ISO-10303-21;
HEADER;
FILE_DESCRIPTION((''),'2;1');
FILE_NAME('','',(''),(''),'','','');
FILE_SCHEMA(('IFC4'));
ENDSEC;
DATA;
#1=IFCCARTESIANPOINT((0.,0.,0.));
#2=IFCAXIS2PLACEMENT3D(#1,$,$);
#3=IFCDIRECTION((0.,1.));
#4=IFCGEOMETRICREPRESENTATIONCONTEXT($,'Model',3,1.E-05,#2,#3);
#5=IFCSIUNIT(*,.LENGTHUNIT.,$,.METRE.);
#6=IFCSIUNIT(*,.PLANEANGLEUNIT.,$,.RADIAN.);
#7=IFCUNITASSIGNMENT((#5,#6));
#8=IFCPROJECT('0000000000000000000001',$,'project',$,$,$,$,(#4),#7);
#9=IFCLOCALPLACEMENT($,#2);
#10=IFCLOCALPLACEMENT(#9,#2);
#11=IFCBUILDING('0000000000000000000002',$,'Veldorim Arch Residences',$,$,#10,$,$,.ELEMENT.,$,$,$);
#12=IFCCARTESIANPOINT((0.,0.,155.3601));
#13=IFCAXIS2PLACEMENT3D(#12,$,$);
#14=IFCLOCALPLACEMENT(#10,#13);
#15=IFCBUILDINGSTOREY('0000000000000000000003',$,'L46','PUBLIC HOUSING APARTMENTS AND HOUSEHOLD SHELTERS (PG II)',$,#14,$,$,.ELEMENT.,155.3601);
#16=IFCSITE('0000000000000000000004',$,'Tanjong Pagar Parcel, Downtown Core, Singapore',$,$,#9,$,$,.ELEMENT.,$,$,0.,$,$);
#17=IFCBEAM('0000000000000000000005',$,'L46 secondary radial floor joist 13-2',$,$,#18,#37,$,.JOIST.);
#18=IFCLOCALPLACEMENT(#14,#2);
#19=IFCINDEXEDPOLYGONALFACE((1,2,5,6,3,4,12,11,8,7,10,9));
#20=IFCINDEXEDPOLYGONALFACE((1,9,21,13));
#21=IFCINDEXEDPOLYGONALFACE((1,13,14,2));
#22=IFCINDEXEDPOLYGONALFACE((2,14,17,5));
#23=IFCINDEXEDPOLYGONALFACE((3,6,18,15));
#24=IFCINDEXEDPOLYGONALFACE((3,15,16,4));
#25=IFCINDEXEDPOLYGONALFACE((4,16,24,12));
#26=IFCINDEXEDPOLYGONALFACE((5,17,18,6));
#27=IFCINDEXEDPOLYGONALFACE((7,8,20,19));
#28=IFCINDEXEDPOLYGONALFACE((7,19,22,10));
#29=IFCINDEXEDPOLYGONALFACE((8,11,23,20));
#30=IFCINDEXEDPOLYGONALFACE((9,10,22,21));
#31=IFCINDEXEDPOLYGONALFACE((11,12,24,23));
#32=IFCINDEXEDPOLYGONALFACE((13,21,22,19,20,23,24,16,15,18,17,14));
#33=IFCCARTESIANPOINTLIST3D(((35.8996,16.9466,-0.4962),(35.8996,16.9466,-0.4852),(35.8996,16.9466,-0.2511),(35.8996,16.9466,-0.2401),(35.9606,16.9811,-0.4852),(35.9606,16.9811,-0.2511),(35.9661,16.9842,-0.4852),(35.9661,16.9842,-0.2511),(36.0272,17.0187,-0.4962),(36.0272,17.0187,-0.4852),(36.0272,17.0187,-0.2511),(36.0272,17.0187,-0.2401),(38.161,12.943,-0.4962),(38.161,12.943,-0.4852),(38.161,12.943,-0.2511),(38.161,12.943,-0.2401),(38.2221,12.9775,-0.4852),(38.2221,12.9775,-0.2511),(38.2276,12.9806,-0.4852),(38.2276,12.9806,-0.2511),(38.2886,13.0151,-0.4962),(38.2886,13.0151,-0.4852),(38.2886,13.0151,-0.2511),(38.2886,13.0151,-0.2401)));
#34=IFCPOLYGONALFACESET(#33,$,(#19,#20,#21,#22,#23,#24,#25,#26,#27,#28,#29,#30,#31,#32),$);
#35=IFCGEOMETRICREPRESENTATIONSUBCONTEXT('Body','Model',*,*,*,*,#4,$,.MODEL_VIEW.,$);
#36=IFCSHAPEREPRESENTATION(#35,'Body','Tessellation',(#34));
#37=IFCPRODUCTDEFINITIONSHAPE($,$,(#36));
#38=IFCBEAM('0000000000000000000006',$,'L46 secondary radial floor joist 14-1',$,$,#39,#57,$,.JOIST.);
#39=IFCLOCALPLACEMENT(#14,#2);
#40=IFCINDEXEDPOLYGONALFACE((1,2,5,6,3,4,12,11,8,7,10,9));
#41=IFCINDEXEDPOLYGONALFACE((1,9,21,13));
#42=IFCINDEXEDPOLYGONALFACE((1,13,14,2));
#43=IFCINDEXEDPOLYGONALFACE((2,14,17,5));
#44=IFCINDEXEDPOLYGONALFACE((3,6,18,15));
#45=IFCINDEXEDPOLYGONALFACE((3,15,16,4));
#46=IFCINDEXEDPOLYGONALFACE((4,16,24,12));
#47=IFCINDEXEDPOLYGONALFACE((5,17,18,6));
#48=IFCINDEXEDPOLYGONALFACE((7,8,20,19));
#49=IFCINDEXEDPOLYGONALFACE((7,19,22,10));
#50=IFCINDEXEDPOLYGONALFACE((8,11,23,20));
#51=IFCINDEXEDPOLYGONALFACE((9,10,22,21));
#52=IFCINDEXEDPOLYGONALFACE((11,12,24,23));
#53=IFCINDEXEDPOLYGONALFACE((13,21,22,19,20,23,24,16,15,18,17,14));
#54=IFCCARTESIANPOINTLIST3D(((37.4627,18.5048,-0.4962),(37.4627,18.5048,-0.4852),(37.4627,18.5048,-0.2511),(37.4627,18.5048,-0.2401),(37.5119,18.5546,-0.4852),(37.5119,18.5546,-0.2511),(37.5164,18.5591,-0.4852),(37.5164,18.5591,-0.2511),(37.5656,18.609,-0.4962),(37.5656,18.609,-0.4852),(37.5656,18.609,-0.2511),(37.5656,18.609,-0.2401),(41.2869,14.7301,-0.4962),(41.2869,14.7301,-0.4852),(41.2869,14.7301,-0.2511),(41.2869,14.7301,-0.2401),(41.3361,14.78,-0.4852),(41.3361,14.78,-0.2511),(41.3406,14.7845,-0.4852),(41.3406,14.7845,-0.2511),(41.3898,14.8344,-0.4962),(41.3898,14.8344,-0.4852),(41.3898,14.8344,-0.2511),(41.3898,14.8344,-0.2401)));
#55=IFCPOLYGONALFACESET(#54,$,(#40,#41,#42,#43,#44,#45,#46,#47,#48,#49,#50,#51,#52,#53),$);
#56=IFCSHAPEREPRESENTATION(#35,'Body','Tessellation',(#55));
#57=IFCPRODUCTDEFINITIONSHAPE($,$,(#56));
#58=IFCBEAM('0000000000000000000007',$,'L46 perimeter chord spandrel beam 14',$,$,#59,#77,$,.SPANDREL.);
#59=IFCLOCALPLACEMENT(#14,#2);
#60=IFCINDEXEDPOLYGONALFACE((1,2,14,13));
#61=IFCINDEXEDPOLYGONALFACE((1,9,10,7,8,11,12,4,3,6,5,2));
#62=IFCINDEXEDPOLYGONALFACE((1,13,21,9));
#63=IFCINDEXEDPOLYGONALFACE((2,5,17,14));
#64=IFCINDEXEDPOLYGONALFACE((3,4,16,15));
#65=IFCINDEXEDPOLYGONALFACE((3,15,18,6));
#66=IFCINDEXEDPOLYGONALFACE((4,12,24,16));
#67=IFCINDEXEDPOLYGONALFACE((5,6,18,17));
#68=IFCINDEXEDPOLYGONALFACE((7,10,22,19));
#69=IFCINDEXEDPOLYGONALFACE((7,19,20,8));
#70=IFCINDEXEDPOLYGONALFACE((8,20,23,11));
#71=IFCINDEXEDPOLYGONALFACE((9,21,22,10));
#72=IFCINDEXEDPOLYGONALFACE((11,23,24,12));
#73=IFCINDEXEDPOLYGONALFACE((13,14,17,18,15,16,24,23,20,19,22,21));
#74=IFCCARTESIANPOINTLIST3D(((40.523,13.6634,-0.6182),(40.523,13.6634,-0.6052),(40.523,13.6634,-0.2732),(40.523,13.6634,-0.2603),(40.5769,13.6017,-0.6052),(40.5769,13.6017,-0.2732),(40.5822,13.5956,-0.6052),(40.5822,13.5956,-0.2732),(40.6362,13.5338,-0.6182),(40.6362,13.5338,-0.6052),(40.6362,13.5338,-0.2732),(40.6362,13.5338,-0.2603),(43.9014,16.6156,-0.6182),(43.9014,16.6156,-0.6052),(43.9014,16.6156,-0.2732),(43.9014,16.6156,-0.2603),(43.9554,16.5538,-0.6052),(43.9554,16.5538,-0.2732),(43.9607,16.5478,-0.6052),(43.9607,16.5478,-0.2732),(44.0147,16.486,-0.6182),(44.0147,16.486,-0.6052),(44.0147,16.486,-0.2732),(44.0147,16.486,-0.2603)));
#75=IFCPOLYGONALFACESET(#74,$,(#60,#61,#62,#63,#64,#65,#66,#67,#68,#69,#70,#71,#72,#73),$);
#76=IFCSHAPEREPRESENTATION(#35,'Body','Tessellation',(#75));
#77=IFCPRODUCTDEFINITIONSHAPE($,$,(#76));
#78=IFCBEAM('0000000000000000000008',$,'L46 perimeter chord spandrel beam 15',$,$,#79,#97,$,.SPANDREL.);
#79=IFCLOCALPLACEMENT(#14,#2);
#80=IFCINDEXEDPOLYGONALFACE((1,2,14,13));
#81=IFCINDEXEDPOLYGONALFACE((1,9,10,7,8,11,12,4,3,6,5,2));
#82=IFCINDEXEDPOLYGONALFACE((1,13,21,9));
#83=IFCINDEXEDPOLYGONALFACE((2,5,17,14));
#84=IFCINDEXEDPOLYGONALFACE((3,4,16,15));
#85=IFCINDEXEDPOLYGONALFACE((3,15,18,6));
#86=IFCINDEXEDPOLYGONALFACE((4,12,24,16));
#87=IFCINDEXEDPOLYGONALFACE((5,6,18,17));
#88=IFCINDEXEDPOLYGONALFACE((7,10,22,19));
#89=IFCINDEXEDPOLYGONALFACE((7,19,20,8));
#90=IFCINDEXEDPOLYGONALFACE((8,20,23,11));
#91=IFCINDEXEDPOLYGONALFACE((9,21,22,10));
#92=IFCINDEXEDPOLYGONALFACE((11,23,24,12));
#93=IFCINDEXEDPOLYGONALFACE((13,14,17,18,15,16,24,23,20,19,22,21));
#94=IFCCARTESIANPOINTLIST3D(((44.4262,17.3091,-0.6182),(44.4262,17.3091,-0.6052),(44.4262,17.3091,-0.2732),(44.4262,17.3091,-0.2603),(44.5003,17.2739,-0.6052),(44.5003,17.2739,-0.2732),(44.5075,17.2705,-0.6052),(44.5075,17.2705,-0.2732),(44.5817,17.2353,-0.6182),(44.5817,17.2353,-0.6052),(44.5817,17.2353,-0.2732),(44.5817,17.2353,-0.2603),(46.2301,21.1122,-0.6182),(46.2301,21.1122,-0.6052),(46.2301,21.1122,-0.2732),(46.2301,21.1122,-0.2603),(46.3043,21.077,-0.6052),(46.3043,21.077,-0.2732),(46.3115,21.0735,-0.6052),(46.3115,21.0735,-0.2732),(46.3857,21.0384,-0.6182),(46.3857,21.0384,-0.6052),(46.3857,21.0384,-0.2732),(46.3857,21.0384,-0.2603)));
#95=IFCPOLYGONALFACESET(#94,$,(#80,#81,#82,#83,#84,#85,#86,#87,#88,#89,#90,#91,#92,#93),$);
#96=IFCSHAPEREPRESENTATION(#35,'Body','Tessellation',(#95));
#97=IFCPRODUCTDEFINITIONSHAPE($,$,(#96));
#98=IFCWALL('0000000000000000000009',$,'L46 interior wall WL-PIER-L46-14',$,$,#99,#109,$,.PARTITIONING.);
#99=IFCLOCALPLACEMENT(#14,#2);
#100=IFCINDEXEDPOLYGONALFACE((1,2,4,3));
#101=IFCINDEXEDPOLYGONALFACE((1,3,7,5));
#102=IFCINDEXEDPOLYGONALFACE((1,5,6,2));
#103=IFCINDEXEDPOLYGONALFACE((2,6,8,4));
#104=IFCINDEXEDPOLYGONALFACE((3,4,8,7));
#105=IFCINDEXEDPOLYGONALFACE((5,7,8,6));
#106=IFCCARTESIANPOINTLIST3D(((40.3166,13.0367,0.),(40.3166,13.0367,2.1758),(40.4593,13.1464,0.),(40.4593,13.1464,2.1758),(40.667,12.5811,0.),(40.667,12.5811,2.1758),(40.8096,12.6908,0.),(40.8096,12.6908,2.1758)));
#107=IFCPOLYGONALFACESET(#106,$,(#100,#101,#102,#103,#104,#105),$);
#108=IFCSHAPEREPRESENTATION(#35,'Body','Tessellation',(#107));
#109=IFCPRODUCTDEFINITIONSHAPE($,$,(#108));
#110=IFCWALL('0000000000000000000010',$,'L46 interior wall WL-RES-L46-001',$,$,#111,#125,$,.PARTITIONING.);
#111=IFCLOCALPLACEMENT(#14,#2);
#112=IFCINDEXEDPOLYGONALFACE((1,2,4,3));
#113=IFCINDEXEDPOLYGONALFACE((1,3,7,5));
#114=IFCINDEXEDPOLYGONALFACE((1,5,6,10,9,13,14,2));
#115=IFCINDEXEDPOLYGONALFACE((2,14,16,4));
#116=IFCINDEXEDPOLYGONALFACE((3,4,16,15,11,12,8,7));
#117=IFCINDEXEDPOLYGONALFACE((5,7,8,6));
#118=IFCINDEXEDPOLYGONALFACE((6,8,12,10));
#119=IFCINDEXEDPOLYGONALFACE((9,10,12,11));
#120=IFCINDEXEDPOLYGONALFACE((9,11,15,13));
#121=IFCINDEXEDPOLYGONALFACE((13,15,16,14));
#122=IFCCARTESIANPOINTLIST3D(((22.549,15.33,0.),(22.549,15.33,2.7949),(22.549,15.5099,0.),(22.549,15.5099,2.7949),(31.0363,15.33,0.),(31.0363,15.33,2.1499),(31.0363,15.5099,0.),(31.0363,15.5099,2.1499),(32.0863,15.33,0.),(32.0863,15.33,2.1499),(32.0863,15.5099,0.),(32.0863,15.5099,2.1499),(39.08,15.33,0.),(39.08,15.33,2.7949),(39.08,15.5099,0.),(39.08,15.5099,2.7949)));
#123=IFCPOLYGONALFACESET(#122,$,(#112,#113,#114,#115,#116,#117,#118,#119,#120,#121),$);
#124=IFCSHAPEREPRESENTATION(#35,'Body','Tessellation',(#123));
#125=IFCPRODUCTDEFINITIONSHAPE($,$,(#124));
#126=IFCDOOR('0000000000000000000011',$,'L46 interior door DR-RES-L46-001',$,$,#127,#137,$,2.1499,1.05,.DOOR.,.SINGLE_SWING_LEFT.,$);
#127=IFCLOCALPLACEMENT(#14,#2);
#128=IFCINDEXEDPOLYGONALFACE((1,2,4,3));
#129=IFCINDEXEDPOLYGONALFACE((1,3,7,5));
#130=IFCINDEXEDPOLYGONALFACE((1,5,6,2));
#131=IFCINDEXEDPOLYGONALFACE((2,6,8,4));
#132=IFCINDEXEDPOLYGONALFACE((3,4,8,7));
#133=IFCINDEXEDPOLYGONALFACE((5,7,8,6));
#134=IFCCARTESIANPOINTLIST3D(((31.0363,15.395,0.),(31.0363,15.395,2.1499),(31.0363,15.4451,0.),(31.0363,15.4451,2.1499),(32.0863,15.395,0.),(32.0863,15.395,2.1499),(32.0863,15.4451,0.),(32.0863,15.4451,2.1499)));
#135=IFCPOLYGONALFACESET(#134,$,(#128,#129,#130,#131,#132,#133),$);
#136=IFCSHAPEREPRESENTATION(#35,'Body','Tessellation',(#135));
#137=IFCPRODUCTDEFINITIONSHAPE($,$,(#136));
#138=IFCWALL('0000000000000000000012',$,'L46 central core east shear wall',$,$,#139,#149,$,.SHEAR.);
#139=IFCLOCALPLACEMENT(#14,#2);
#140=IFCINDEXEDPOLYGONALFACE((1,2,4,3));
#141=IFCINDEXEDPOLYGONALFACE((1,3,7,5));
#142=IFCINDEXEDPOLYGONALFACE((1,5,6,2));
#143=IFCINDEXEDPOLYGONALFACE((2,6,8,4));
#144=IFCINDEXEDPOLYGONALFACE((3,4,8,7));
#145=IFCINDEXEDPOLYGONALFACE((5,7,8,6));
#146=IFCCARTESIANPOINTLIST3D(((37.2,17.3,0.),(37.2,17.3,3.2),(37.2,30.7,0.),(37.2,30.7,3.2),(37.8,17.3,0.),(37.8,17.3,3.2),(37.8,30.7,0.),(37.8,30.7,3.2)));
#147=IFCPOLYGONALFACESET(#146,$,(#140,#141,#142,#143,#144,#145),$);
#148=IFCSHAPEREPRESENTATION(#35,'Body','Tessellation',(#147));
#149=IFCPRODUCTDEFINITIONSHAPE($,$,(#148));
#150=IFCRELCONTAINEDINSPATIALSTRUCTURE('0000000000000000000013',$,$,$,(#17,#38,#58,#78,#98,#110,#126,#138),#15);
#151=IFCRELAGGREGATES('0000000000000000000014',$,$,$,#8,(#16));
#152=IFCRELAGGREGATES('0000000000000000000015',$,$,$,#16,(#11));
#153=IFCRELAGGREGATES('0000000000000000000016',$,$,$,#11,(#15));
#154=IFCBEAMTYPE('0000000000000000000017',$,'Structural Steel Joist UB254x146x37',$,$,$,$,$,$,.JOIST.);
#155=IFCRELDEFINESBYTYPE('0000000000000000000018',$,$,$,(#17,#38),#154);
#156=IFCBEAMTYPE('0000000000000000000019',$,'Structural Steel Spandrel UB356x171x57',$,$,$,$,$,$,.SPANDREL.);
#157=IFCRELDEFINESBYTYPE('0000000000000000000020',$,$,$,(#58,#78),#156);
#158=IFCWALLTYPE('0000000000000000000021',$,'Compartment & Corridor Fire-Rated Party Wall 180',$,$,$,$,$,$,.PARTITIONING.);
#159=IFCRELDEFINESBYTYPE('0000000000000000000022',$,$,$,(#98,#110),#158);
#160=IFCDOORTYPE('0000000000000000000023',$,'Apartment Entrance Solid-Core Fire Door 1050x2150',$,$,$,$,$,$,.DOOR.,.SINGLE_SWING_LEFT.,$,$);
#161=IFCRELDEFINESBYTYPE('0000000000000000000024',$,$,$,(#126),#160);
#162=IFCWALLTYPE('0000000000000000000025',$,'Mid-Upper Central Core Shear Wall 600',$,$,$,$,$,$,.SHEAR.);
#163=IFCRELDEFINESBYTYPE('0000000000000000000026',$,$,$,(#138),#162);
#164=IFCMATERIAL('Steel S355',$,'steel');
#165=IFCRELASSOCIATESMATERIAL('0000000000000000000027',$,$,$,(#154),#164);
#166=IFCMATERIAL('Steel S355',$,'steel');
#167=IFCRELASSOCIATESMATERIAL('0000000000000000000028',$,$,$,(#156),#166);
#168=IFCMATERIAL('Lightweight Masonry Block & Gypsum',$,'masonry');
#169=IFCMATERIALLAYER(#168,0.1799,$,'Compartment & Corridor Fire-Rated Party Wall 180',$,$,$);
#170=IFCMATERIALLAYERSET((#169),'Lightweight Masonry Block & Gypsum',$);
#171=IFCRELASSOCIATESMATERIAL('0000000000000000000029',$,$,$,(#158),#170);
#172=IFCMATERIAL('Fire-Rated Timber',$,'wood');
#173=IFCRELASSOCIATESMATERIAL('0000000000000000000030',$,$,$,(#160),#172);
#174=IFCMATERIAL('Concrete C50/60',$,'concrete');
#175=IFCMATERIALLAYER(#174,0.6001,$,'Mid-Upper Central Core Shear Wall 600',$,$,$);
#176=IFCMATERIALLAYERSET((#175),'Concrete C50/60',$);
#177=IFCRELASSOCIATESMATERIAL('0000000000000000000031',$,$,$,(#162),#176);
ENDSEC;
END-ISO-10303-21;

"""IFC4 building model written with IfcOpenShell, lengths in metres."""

from ifc_helpers import new_model, si_unit, direction, frame, frame_2d, origin, origin_2d, place, context, subcontext, project, spatial, rectangle, i_section, extrude, material, layer, layer_set, material_profile, profile_set, type_object, element, fill, save


model = new_model("IFC4")

# Units and contexts
model_context = context("Model", 3, precision=1e-05, world=origin(), true_north=direction((0.0, 1.0)))
body_context = subcontext(model_context, "Body", "Model", "MODEL_VIEW")
ifc_project = project(units=[si_unit("LENGTHUNIT", "METRE"), si_unit("PLANEANGLEUNIT", "RADIAN")], contexts=[model_context])

# Site, building, storey
site_placement = place(None, origin())
site = spatial("IfcSite", under=ifc_project, at=site_placement, Name="Tanjong Pagar Parcel, Downtown Core, Singapore", CompositionType="ELEMENT", RefElevation=0.0)
building_placement = place(site_placement, origin())
building = spatial("IfcBuilding", under=site, at=building_placement, Name="Veldorim Arch Residences", CompositionType="ELEMENT")
storey_placement = place(building_placement, frame((0.0, 0.0, 155.3601)))
storey = spatial("IfcBuildingStorey", under=building, at=storey_placement, Name="L46", Description="PUBLIC HOUSING APARTMENTS AND HOUSEHOLD SHELTERS (PG II)", CompositionType="ELEMENT", Elevation=155.3601)

# Beams
ifc_material_1 = material(Name="Steel S355", Category="steel")
ifc_material_profile_1 = material_profile(ifc_material_1, i_section(OverallWidth=0.1465, OverallDepth=0.2561, WebThickness=0.0063, FlangeThickness=0.011, at=origin_2d()), Name="UB254x146x37")
ifc_profile_set_1 = profile_set([ifc_material_profile_1], Name="Steel S355")
beam_type_1 = type_object("IfcBeamType", Name="Structural Steel Joist UB254x146x37", PredefinedType="JOIST", material=ifc_profile_set_1)
beam_1_placement = place(storey_placement, frame((35.9634, 16.9827, -0.3682), z_axis=(0.491816, -0.870699, 0.0), x_axis=(0.870699, 0.491816, 0.0)))
element("IfcBeam", 1, at=beam_1_placement, inside=storey, type_object=beam_type_1, Name="L46 secondary radial floor joist 13-2", PredefinedType="JOIST", context=body_context, shape_type="SweptSolid", body=[
    extrude(i_section(OverallWidth=0.1465, OverallDepth=0.2561, WebThickness=0.0063, FlangeThickness=0.011, at=origin_2d()), origin(), (0.0, 0.0, 1.0), 4.5981),
])
beam_2_placement = place(storey_placement, frame((37.5142, 18.5569, -0.3682), z_axis=(0.711703, -0.70248, 0.0), x_axis=(0.70248, 0.711703, 0.0)))
element("IfcBeam", 2, at=beam_2_placement, inside=storey, type_object=beam_type_1, Name="L46 secondary radial floor joist 14-1", PredefinedType="JOIST", context=body_context, shape_type="SweptSolid", body=[
    extrude(i_section(OverallWidth=0.1465, OverallDepth=0.2561, WebThickness=0.0063, FlangeThickness=0.011, at=origin_2d()), origin(), (0.0, 0.0, 1.0), 5.3733),
])
ifc_material_2 = material(Name="Steel S355", Category="steel")
ifc_material_profile_2 = material_profile(ifc_material_2, i_section(OverallWidth=0.1721, OverallDepth=0.3579, WebThickness=0.0081, FlangeThickness=0.0129, at=origin_2d()), Name="UB356x171x57")
ifc_profile_set_2 = profile_set([ifc_material_profile_2], Name="Steel S355")
beam_type_2 = type_object("IfcBeamType", Name="Structural Steel Spandrel UB356x171x57", PredefinedType="SPANDREL", material=ifc_profile_set_2)
beam_3_placement = place(storey_placement, frame((40.5796, 13.5986, -0.4392), z_axis=(0.753015, 0.658004, 0.0), x_axis=(-0.658004, 0.753015, 0.0)))
element("IfcBeam", 3, at=beam_3_placement, inside=storey, type_object=beam_type_2, Name="L46 perimeter chord spandrel beam 14", PredefinedType="SPANDREL", context=body_context, shape_type="SweptSolid", body=[
    extrude(i_section(OverallWidth=0.1721, OverallDepth=0.3579, WebThickness=0.0081, FlangeThickness=0.0129, at=origin_2d()), origin(), (0.0, 0.0, 1.0), 4.4866),
])
beam_4_placement = place(storey_placement, frame((44.5039, 17.2722, -0.4392), z_axis=(0.42858, 0.903504, 0.0), x_axis=(-0.903504, 0.42858, 0.0)))
element("IfcBeam", 4, at=beam_4_placement, inside=storey, type_object=beam_type_2, Name="L46 perimeter chord spandrel beam 15", PredefinedType="SPANDREL", context=body_context, shape_type="SweptSolid", body=[
    extrude(i_section(OverallWidth=0.1721, OverallDepth=0.3579, WebThickness=0.0081, FlangeThickness=0.0129, at=origin_2d()), origin(), (0.0, 0.0, 1.0), 4.2092),
])

# Wall
ifc_material_3 = material(Name="Lightweight Masonry Block & Gypsum", Category="masonry")
ifc_layer_1 = layer(ifc_material_3, 0.1799, Name="Compartment & Corridor Fire-Rated Party Wall 180")
ifc_layer_set_1 = layer_set([ifc_layer_1], Name="Lightweight Masonry Block & Gypsum")
wall_type_1 = type_object("IfcWallType", Name="Compartment & Corridor Fire-Rated Party Wall 180", PredefinedType="PARTITIONING", material=ifc_layer_set_1)
wall_1_placement = place(storey_placement, frame((40.3879, 13.0916, 0.0), z_axis=(0.0, 0.0, 1.0), x_axis=(0.609608, -0.792703, 0.0)))
element("IfcWall", 5, at=wall_1_placement, inside=storey, type_object=wall_type_1, Name="L46 interior wall WL-PIER-L46-14", PredefinedType="PARTITIONING", context=body_context, shape_type="SweptSolid", body=[
    extrude(rectangle(XDim=0.5747, YDim=0.1799, at=frame_2d((0.2874, 0.0))), origin(), (0.0, 0.0, 1.0), 2.1758),
])

# Wall, opening, door
wall_2_placement = place(storey_placement, frame((39.0801, 15.4199, 0.0), z_axis=(0.0, 0.0, 1.0), x_axis=(-1.0, 0.0, 0.0)))
wall_2 = element("IfcWall", 6, at=wall_2_placement, inside=storey, type_object=wall_type_1, Name="L46 interior wall WL-RES-L46-001", PredefinedType="PARTITIONING", context=body_context, shape_type="SweptSolid", body=[
    extrude(rectangle(XDim=16.531, YDim=0.1799, at=frame_2d((8.2656, 0.0))), origin(), (0.0, 0.0, 1.0), 2.7949),
])
opening_1_placement = place(wall_2_placement, frame((6.9939, 0.0, 0.0)))
opening_1 = element("IfcOpeningElement", 7, at=opening_1_placement, cuts=wall_2, PredefinedType="OPENING", context=body_context, shape_type="SweptSolid", body=[
    extrude(rectangle(XDim=1.05, YDim=2.1499, at=frame_2d((0.5249, 1.075))), frame((0.0, 0.0999, 0.0), z_axis=(0.0, -1.0, 0.0), x_axis=(1.0, 0.0, 0.0)), (0.0, 0.0, 1.0), 0.2),
])
ifc_material_4 = material(Name="Fire-Rated Timber", Category="wood")
door_type = type_object("IfcDoorType", Name="Apartment Entrance Solid-Core Fire Door 1050x2150", OperationType="SINGLE_SWING_LEFT", PredefinedType="DOOR", material=ifc_material_4)
door_placement = place(opening_1_placement, origin())
door = element("IfcDoor", 8, at=door_placement, inside=storey, type_object=door_type, Name="L46 interior door DR-RES-L46-001", OperationType="SINGLE_SWING_LEFT", OverallHeight=2.1499, OverallWidth=1.05, PredefinedType="DOOR", context=body_context, shape_type="SweptSolid", body=[
    extrude(rectangle(XDim=1.05, YDim=2.1499, at=frame_2d((0.5249, 1.075))), frame((0.0, 0.0249, 0.0), z_axis=(0.0, -1.0, 0.0), x_axis=(1.0, 0.0, 0.0)), (0.0, 0.0, 1.0), 0.05),
])
fill(opening_1, door)

# Wall
ifc_material_5 = material(Name="Concrete C50/60", Category="concrete")
ifc_layer_2 = layer(ifc_material_5, 0.6001, Name="Mid-Upper Central Core Shear Wall 600")
ifc_layer_set_2 = layer_set([ifc_layer_2], Name="Concrete C50/60")
wall_type_2 = type_object("IfcWallType", Name="Mid-Upper Central Core Shear Wall 600", PredefinedType="SHEAR", material=ifc_layer_set_2)
wall_3_placement = place(storey_placement, frame((37.5, 17.3, 0.0), z_axis=(0.0, 0.0, 1.0), x_axis=(0.0, 1.0, 0.0)))
element("IfcWall", 9, at=wall_3_placement, inside=storey, type_object=wall_type_2, Name="L46 central core east shear wall", PredefinedType="SHEAR", context=body_context, shape_type="SweptSolid", body=[
    extrude(rectangle(XDim=13.3999, YDim=0.6001, at=frame_2d((6.7, 0.0))), origin(), (0.0, 0.0, 1.0), 3.2),
])

save(model, "model.ifc")
